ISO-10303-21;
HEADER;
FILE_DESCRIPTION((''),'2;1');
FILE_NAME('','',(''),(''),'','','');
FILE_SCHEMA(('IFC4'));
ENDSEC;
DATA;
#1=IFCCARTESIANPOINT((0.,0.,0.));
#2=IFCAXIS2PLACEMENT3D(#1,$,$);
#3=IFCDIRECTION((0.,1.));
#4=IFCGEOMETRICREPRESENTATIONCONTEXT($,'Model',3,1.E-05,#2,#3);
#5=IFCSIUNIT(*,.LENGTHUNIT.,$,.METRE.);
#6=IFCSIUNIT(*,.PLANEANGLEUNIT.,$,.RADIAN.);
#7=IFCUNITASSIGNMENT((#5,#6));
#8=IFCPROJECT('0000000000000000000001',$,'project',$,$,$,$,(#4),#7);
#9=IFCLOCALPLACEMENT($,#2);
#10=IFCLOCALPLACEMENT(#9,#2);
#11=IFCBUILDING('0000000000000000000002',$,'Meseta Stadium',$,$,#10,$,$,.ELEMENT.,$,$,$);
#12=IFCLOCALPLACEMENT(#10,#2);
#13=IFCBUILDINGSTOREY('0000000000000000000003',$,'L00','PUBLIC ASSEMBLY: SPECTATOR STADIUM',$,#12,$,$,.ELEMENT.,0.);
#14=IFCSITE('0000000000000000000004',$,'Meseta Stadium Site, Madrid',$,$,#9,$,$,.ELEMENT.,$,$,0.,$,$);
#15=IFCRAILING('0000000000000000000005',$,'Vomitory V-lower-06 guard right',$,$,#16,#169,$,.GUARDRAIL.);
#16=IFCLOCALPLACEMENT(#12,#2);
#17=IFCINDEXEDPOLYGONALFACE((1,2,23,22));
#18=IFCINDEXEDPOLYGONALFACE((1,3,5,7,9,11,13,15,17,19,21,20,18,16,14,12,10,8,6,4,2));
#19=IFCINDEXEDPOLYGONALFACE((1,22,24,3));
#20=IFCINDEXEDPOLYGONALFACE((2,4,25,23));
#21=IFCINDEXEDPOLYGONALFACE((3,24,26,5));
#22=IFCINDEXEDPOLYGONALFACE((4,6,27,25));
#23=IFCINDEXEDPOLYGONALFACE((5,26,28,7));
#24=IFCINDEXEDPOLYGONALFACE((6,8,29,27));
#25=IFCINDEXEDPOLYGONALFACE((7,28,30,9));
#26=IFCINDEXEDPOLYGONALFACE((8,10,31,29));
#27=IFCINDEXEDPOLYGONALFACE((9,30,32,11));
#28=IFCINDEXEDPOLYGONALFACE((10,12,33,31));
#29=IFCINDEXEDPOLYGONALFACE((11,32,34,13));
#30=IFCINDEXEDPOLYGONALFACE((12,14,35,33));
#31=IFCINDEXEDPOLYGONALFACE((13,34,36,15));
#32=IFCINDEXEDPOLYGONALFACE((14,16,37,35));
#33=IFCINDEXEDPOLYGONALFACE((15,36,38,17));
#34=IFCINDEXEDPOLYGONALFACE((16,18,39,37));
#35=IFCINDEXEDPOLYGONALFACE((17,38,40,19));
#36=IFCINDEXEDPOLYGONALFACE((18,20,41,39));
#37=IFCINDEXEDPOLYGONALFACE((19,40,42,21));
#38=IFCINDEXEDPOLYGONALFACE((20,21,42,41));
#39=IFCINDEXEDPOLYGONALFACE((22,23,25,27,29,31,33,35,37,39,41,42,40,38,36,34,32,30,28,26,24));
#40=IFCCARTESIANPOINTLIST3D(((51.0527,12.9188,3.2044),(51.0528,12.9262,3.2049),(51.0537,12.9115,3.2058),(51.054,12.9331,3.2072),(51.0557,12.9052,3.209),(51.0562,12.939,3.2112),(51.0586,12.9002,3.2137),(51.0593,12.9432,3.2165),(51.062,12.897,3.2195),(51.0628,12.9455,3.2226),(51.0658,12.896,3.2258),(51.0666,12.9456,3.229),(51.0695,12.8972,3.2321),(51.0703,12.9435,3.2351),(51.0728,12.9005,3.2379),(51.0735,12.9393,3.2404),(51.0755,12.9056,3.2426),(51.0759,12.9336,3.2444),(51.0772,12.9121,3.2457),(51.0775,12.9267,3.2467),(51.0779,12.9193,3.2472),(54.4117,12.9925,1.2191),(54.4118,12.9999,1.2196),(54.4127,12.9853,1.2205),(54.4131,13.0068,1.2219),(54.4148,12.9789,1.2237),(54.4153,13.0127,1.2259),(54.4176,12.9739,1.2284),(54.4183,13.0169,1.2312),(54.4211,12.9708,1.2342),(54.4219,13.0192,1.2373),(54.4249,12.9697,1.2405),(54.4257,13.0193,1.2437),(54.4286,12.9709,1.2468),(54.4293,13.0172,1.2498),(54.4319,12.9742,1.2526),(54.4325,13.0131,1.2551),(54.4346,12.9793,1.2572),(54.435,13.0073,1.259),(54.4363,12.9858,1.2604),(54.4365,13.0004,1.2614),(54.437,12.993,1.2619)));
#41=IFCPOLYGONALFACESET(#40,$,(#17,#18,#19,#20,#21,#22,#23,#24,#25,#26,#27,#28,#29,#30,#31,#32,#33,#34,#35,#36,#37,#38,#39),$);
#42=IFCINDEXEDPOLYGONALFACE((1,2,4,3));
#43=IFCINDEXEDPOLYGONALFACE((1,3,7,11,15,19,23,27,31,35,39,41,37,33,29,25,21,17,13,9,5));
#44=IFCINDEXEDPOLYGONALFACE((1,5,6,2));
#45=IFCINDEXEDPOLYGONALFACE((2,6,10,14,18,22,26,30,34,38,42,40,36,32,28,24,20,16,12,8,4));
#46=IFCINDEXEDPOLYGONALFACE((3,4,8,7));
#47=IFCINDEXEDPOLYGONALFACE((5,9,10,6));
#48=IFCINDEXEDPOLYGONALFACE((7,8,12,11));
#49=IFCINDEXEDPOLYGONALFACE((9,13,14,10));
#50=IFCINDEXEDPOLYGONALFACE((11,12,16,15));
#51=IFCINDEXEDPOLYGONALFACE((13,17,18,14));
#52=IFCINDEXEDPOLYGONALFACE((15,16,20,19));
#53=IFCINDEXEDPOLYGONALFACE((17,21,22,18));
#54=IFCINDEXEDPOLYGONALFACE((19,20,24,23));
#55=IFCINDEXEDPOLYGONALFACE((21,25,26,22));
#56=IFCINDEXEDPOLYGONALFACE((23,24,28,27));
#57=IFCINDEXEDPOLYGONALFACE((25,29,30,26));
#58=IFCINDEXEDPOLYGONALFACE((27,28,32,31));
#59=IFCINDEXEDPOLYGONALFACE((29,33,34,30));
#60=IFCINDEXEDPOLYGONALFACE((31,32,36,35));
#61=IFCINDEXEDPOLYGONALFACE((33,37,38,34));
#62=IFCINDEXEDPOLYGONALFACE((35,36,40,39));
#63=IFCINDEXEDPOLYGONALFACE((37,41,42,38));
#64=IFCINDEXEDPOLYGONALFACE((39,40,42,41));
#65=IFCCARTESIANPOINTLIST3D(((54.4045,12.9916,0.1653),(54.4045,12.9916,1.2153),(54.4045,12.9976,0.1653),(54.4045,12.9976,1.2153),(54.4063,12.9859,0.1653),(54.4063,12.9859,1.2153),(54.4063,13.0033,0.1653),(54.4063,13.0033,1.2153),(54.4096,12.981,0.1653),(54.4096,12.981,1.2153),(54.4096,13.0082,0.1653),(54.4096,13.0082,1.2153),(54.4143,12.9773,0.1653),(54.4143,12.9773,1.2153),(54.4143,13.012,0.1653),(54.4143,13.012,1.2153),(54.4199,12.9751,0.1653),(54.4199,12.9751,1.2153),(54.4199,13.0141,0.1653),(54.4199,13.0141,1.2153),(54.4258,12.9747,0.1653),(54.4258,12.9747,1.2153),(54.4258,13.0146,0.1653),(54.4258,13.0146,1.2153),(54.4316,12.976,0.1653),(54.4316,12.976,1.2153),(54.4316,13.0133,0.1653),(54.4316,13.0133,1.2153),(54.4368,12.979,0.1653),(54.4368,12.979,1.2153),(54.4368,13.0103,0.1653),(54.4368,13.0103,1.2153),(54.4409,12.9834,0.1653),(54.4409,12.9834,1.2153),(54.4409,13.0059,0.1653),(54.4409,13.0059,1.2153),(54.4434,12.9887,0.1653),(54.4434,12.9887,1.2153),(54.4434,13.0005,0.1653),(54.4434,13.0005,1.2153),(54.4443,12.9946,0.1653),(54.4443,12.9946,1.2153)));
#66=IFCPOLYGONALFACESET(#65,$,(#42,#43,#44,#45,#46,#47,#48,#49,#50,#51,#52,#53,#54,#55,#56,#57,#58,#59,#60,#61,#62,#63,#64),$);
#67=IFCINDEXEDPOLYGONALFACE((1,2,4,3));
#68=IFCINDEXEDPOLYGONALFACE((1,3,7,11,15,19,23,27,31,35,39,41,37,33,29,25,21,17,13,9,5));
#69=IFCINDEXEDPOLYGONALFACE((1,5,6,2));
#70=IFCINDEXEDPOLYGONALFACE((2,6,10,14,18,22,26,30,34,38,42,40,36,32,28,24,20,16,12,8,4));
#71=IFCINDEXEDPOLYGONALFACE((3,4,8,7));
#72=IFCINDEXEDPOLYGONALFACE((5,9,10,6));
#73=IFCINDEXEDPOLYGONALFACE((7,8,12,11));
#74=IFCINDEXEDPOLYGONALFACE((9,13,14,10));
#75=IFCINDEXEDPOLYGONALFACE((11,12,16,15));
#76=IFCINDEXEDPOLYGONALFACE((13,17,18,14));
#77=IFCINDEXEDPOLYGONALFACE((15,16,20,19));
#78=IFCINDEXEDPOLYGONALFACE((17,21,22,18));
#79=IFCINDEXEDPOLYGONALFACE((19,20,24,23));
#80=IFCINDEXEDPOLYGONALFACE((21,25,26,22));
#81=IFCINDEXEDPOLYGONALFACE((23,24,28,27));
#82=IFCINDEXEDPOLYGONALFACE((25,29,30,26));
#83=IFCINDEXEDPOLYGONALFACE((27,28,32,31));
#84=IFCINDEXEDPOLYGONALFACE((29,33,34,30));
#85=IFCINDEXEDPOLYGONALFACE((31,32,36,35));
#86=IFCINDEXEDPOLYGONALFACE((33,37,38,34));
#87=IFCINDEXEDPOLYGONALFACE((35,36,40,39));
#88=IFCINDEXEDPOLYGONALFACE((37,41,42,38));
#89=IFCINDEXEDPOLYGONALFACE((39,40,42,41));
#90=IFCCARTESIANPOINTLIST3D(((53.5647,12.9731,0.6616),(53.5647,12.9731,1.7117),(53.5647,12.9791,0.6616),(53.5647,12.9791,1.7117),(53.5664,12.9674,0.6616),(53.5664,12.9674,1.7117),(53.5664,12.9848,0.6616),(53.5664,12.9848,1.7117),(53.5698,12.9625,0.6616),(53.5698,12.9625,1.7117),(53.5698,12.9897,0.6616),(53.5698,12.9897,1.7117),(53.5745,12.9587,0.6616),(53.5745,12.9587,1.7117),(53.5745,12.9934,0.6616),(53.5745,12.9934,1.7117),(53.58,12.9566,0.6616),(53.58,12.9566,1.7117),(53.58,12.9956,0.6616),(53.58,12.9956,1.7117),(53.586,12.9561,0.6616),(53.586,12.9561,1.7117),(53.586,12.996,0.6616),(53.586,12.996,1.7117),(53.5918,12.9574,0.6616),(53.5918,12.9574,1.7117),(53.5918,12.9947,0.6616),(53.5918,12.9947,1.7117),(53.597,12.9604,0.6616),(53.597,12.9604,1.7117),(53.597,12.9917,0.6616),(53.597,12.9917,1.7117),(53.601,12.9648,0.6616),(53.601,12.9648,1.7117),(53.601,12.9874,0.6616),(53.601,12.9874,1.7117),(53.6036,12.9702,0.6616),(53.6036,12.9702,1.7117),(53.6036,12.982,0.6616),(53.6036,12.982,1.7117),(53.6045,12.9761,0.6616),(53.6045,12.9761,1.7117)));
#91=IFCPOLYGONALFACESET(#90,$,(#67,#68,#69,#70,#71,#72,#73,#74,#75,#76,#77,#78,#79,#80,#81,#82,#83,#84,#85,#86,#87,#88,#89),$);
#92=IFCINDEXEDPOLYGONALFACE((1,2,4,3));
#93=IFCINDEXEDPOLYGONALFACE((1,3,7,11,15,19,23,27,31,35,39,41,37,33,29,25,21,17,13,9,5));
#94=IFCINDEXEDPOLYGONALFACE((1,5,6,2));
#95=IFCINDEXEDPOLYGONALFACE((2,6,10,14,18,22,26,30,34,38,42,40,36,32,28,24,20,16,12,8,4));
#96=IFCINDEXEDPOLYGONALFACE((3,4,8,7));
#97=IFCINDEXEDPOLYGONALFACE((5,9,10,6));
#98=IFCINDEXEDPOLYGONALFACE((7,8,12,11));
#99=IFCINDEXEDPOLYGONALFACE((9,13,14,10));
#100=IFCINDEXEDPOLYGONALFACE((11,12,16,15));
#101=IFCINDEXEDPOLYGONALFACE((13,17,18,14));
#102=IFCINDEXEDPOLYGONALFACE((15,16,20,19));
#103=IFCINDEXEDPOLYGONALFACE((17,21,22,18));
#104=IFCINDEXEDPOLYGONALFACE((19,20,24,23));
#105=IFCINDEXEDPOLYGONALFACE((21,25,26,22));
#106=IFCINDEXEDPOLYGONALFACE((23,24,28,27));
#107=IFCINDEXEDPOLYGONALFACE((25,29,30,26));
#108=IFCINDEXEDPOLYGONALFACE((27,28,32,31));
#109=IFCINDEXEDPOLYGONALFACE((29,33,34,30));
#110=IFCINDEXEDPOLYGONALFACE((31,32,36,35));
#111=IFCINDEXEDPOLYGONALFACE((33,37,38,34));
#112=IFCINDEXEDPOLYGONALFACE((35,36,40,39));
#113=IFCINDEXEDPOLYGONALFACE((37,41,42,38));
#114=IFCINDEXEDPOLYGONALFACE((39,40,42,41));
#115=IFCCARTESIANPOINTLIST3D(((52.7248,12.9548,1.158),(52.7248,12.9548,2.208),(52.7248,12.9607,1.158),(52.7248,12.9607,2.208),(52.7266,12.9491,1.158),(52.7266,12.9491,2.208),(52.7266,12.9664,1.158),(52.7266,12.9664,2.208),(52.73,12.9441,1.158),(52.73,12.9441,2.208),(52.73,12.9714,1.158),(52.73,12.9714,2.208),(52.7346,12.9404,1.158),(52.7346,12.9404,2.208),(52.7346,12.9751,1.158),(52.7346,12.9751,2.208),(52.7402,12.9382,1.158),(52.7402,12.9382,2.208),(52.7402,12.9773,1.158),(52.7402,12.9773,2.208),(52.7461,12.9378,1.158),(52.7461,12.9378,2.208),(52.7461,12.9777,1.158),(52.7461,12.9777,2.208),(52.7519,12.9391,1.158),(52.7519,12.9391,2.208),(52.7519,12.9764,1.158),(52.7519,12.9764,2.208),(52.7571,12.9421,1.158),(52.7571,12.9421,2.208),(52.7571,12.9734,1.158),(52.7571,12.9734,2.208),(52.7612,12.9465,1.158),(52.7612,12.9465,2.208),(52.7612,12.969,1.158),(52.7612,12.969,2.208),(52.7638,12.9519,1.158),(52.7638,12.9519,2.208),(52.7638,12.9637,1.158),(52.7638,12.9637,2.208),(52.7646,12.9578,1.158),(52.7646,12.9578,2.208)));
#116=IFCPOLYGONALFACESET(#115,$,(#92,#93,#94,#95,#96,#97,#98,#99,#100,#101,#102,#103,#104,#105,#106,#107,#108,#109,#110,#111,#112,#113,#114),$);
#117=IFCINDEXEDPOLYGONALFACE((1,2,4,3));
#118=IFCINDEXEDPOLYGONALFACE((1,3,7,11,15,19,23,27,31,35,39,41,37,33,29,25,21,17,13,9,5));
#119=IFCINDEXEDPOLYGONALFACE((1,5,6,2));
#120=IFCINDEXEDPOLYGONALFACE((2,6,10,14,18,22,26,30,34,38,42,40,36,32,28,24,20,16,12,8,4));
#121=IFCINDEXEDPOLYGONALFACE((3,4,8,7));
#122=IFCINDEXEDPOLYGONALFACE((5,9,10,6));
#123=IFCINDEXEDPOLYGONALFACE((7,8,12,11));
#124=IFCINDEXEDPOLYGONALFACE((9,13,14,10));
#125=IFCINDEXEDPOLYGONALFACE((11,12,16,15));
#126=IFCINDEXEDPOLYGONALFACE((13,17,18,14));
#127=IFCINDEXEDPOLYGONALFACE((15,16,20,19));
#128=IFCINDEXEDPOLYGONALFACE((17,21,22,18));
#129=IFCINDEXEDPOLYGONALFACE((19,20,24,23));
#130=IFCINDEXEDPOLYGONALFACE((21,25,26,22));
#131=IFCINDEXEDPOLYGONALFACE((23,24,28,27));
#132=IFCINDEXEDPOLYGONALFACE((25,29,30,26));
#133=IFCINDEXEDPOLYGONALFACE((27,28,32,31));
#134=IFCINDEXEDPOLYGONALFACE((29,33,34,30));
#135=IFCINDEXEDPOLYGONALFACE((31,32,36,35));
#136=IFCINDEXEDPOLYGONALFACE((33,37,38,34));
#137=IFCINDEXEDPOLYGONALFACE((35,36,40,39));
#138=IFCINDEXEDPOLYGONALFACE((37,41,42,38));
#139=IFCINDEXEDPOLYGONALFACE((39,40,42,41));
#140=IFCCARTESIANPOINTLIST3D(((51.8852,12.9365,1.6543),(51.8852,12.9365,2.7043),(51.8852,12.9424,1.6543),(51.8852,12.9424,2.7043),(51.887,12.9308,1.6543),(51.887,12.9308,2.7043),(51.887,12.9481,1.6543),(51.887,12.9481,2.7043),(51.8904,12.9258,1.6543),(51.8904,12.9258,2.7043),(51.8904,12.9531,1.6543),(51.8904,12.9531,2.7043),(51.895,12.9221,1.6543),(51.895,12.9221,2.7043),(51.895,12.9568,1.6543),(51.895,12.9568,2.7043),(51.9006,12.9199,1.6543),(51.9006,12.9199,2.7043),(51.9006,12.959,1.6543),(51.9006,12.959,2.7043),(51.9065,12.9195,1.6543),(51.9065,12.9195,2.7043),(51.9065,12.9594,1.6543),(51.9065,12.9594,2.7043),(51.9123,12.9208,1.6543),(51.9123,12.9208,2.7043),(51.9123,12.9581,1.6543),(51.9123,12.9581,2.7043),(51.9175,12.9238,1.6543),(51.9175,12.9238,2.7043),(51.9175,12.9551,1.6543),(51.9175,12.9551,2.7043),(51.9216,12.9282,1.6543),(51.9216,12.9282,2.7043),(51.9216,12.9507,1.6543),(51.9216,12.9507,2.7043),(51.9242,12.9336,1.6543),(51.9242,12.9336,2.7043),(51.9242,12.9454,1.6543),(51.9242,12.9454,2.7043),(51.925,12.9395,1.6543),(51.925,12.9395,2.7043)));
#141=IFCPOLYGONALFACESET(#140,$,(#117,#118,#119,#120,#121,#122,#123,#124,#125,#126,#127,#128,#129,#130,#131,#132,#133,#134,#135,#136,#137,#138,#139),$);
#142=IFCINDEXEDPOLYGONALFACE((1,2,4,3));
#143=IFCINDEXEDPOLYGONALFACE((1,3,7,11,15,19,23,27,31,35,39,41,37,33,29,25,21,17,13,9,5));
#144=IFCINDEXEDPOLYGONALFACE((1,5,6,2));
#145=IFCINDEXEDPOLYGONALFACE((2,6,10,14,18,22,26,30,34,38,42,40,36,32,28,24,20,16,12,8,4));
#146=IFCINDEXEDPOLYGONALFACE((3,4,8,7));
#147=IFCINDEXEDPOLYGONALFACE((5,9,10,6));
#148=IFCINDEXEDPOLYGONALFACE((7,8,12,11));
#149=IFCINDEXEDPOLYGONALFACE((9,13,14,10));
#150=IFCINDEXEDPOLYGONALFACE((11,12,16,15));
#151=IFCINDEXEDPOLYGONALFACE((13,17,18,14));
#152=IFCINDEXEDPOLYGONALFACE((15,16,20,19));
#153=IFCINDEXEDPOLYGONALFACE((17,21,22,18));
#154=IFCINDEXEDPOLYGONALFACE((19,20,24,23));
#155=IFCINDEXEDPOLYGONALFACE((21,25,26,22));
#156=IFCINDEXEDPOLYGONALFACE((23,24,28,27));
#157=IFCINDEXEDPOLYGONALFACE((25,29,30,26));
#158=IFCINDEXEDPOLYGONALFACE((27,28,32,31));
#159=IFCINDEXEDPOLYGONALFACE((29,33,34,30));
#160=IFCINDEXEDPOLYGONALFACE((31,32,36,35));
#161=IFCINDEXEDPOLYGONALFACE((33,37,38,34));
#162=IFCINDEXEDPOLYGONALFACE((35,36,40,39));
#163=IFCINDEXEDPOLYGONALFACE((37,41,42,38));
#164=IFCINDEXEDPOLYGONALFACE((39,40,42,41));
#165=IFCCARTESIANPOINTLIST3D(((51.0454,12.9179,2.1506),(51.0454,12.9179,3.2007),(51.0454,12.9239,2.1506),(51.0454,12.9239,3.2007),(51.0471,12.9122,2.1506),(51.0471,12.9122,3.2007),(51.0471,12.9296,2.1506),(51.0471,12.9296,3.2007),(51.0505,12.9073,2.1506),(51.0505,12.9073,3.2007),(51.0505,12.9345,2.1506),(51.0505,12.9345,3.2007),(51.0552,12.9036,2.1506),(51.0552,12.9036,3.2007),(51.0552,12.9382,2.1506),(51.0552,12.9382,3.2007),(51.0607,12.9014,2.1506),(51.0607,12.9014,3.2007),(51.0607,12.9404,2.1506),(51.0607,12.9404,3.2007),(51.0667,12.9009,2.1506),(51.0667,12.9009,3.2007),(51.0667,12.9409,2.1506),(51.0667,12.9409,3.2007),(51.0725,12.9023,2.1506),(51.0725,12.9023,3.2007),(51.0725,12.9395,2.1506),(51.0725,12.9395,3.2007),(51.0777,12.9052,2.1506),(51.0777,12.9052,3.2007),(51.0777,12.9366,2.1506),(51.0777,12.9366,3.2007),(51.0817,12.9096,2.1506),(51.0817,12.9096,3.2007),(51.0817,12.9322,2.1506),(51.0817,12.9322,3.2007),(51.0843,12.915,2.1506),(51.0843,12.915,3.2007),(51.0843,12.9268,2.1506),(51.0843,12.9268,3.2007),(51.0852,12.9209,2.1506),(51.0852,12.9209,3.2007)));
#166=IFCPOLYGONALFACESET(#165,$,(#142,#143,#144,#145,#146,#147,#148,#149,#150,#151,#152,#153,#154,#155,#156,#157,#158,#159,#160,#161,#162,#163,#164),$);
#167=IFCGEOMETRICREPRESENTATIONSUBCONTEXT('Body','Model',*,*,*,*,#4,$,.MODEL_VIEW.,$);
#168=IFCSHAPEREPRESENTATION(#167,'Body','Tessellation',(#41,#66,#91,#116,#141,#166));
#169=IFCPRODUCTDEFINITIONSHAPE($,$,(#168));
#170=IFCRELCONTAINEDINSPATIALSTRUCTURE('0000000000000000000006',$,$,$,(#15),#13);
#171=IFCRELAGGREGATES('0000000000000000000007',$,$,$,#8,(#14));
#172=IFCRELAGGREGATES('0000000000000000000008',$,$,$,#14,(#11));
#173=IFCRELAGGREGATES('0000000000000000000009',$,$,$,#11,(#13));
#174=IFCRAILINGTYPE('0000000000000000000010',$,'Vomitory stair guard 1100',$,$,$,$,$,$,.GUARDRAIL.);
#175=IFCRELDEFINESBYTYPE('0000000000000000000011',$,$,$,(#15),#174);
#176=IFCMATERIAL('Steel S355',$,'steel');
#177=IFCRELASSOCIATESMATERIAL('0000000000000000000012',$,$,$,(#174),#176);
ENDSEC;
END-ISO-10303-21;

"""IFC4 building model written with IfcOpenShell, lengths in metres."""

from ifc_helpers import new_model, si_unit, direction, frame, origin, origin_2d, place, context, subcontext, project, spatial, circle, extrude, material, type_object, element, save


model = new_model("IFC4")

# Units and contexts
model_context = context("Model", 3, precision=1e-05, world=origin(), true_north=direction((0.0, 1.0)))
body_context = subcontext(model_context, "Body", "Model", "MODEL_VIEW")
ifc_project = project(units=[si_unit("LENGTHUNIT", "METRE"), si_unit("PLANEANGLEUNIT", "RADIAN")], contexts=[model_context])

# Site, building, storey
site_placement = place(None, origin())
site = spatial("IfcSite", under=ifc_project, at=site_placement, Name="Meseta Stadium Site, Madrid", CompositionType="ELEMENT", RefElevation=0.0)
building_placement = place(site_placement, origin())
building = spatial("IfcBuilding", under=site, at=building_placement, Name="Meseta Stadium", CompositionType="ELEMENT")
storey_placement = place(building_placement, origin())
storey = spatial("IfcBuildingStorey", under=building, at=storey_placement, Name="L00", Description="PUBLIC ASSEMBLY: SPECTATOR STADIUM", CompositionType="ELEMENT", Elevation=0.0)

# Railing
ifc_material_1 = material(Name="Steel S355", Category="steel")
railing_type_1 = type_object("IfcRailingType", Name="Vomitory stair guard 1100", PredefinedType="GUARDRAIL", material=ifc_material_1)
railing_1_placement = place(storey_placement, frame((54.4243, 12.9946, 0.1653)))
element("IfcRailing", 1, at=railing_1_placement, inside=storey, type_object=railing_type_1, Name="Vomitory V-lower-06 guard right", PredefinedType="GUARDRAIL", context=body_context, shape_type="SweptSolid", body=[
    extrude(circle(Radius=0.0249, at=origin_2d()), frame((0.0, 0.0, 1.0752), z_axis=(-0.860727, -0.018892, 0.508716), x_axis=(0.021944, -0.999759, 0.0)), (0.0, 0.0, 1.0), 3.9026),
    extrude(circle(Radius=0.02, at=origin_2d()), origin(), (0.0, 0.0, 1.0), 1.05),
    extrude(circle(Radius=0.02, at=origin_2d()), frame((-0.8398, -0.0186, 0.4963)), (0.0, 0.0, 1.0), 1.05),
    extrude(circle(Radius=0.02, at=origin_2d()), frame((-1.6797, -0.0369, 0.9927)), (0.0, 0.0, 1.0), 1.05),
    extrude(circle(Radius=0.02, at=origin_2d()), frame((-2.5193, -0.0552, 1.489)), (0.0, 0.0, 1.0), 1.05),
    extrude(circle(Radius=0.02, at=origin_2d()), frame((-3.3591, -0.0737, 1.9854)), (0.0, 0.0, 1.0), 1.05),
])

save(model, "model.ifc")
